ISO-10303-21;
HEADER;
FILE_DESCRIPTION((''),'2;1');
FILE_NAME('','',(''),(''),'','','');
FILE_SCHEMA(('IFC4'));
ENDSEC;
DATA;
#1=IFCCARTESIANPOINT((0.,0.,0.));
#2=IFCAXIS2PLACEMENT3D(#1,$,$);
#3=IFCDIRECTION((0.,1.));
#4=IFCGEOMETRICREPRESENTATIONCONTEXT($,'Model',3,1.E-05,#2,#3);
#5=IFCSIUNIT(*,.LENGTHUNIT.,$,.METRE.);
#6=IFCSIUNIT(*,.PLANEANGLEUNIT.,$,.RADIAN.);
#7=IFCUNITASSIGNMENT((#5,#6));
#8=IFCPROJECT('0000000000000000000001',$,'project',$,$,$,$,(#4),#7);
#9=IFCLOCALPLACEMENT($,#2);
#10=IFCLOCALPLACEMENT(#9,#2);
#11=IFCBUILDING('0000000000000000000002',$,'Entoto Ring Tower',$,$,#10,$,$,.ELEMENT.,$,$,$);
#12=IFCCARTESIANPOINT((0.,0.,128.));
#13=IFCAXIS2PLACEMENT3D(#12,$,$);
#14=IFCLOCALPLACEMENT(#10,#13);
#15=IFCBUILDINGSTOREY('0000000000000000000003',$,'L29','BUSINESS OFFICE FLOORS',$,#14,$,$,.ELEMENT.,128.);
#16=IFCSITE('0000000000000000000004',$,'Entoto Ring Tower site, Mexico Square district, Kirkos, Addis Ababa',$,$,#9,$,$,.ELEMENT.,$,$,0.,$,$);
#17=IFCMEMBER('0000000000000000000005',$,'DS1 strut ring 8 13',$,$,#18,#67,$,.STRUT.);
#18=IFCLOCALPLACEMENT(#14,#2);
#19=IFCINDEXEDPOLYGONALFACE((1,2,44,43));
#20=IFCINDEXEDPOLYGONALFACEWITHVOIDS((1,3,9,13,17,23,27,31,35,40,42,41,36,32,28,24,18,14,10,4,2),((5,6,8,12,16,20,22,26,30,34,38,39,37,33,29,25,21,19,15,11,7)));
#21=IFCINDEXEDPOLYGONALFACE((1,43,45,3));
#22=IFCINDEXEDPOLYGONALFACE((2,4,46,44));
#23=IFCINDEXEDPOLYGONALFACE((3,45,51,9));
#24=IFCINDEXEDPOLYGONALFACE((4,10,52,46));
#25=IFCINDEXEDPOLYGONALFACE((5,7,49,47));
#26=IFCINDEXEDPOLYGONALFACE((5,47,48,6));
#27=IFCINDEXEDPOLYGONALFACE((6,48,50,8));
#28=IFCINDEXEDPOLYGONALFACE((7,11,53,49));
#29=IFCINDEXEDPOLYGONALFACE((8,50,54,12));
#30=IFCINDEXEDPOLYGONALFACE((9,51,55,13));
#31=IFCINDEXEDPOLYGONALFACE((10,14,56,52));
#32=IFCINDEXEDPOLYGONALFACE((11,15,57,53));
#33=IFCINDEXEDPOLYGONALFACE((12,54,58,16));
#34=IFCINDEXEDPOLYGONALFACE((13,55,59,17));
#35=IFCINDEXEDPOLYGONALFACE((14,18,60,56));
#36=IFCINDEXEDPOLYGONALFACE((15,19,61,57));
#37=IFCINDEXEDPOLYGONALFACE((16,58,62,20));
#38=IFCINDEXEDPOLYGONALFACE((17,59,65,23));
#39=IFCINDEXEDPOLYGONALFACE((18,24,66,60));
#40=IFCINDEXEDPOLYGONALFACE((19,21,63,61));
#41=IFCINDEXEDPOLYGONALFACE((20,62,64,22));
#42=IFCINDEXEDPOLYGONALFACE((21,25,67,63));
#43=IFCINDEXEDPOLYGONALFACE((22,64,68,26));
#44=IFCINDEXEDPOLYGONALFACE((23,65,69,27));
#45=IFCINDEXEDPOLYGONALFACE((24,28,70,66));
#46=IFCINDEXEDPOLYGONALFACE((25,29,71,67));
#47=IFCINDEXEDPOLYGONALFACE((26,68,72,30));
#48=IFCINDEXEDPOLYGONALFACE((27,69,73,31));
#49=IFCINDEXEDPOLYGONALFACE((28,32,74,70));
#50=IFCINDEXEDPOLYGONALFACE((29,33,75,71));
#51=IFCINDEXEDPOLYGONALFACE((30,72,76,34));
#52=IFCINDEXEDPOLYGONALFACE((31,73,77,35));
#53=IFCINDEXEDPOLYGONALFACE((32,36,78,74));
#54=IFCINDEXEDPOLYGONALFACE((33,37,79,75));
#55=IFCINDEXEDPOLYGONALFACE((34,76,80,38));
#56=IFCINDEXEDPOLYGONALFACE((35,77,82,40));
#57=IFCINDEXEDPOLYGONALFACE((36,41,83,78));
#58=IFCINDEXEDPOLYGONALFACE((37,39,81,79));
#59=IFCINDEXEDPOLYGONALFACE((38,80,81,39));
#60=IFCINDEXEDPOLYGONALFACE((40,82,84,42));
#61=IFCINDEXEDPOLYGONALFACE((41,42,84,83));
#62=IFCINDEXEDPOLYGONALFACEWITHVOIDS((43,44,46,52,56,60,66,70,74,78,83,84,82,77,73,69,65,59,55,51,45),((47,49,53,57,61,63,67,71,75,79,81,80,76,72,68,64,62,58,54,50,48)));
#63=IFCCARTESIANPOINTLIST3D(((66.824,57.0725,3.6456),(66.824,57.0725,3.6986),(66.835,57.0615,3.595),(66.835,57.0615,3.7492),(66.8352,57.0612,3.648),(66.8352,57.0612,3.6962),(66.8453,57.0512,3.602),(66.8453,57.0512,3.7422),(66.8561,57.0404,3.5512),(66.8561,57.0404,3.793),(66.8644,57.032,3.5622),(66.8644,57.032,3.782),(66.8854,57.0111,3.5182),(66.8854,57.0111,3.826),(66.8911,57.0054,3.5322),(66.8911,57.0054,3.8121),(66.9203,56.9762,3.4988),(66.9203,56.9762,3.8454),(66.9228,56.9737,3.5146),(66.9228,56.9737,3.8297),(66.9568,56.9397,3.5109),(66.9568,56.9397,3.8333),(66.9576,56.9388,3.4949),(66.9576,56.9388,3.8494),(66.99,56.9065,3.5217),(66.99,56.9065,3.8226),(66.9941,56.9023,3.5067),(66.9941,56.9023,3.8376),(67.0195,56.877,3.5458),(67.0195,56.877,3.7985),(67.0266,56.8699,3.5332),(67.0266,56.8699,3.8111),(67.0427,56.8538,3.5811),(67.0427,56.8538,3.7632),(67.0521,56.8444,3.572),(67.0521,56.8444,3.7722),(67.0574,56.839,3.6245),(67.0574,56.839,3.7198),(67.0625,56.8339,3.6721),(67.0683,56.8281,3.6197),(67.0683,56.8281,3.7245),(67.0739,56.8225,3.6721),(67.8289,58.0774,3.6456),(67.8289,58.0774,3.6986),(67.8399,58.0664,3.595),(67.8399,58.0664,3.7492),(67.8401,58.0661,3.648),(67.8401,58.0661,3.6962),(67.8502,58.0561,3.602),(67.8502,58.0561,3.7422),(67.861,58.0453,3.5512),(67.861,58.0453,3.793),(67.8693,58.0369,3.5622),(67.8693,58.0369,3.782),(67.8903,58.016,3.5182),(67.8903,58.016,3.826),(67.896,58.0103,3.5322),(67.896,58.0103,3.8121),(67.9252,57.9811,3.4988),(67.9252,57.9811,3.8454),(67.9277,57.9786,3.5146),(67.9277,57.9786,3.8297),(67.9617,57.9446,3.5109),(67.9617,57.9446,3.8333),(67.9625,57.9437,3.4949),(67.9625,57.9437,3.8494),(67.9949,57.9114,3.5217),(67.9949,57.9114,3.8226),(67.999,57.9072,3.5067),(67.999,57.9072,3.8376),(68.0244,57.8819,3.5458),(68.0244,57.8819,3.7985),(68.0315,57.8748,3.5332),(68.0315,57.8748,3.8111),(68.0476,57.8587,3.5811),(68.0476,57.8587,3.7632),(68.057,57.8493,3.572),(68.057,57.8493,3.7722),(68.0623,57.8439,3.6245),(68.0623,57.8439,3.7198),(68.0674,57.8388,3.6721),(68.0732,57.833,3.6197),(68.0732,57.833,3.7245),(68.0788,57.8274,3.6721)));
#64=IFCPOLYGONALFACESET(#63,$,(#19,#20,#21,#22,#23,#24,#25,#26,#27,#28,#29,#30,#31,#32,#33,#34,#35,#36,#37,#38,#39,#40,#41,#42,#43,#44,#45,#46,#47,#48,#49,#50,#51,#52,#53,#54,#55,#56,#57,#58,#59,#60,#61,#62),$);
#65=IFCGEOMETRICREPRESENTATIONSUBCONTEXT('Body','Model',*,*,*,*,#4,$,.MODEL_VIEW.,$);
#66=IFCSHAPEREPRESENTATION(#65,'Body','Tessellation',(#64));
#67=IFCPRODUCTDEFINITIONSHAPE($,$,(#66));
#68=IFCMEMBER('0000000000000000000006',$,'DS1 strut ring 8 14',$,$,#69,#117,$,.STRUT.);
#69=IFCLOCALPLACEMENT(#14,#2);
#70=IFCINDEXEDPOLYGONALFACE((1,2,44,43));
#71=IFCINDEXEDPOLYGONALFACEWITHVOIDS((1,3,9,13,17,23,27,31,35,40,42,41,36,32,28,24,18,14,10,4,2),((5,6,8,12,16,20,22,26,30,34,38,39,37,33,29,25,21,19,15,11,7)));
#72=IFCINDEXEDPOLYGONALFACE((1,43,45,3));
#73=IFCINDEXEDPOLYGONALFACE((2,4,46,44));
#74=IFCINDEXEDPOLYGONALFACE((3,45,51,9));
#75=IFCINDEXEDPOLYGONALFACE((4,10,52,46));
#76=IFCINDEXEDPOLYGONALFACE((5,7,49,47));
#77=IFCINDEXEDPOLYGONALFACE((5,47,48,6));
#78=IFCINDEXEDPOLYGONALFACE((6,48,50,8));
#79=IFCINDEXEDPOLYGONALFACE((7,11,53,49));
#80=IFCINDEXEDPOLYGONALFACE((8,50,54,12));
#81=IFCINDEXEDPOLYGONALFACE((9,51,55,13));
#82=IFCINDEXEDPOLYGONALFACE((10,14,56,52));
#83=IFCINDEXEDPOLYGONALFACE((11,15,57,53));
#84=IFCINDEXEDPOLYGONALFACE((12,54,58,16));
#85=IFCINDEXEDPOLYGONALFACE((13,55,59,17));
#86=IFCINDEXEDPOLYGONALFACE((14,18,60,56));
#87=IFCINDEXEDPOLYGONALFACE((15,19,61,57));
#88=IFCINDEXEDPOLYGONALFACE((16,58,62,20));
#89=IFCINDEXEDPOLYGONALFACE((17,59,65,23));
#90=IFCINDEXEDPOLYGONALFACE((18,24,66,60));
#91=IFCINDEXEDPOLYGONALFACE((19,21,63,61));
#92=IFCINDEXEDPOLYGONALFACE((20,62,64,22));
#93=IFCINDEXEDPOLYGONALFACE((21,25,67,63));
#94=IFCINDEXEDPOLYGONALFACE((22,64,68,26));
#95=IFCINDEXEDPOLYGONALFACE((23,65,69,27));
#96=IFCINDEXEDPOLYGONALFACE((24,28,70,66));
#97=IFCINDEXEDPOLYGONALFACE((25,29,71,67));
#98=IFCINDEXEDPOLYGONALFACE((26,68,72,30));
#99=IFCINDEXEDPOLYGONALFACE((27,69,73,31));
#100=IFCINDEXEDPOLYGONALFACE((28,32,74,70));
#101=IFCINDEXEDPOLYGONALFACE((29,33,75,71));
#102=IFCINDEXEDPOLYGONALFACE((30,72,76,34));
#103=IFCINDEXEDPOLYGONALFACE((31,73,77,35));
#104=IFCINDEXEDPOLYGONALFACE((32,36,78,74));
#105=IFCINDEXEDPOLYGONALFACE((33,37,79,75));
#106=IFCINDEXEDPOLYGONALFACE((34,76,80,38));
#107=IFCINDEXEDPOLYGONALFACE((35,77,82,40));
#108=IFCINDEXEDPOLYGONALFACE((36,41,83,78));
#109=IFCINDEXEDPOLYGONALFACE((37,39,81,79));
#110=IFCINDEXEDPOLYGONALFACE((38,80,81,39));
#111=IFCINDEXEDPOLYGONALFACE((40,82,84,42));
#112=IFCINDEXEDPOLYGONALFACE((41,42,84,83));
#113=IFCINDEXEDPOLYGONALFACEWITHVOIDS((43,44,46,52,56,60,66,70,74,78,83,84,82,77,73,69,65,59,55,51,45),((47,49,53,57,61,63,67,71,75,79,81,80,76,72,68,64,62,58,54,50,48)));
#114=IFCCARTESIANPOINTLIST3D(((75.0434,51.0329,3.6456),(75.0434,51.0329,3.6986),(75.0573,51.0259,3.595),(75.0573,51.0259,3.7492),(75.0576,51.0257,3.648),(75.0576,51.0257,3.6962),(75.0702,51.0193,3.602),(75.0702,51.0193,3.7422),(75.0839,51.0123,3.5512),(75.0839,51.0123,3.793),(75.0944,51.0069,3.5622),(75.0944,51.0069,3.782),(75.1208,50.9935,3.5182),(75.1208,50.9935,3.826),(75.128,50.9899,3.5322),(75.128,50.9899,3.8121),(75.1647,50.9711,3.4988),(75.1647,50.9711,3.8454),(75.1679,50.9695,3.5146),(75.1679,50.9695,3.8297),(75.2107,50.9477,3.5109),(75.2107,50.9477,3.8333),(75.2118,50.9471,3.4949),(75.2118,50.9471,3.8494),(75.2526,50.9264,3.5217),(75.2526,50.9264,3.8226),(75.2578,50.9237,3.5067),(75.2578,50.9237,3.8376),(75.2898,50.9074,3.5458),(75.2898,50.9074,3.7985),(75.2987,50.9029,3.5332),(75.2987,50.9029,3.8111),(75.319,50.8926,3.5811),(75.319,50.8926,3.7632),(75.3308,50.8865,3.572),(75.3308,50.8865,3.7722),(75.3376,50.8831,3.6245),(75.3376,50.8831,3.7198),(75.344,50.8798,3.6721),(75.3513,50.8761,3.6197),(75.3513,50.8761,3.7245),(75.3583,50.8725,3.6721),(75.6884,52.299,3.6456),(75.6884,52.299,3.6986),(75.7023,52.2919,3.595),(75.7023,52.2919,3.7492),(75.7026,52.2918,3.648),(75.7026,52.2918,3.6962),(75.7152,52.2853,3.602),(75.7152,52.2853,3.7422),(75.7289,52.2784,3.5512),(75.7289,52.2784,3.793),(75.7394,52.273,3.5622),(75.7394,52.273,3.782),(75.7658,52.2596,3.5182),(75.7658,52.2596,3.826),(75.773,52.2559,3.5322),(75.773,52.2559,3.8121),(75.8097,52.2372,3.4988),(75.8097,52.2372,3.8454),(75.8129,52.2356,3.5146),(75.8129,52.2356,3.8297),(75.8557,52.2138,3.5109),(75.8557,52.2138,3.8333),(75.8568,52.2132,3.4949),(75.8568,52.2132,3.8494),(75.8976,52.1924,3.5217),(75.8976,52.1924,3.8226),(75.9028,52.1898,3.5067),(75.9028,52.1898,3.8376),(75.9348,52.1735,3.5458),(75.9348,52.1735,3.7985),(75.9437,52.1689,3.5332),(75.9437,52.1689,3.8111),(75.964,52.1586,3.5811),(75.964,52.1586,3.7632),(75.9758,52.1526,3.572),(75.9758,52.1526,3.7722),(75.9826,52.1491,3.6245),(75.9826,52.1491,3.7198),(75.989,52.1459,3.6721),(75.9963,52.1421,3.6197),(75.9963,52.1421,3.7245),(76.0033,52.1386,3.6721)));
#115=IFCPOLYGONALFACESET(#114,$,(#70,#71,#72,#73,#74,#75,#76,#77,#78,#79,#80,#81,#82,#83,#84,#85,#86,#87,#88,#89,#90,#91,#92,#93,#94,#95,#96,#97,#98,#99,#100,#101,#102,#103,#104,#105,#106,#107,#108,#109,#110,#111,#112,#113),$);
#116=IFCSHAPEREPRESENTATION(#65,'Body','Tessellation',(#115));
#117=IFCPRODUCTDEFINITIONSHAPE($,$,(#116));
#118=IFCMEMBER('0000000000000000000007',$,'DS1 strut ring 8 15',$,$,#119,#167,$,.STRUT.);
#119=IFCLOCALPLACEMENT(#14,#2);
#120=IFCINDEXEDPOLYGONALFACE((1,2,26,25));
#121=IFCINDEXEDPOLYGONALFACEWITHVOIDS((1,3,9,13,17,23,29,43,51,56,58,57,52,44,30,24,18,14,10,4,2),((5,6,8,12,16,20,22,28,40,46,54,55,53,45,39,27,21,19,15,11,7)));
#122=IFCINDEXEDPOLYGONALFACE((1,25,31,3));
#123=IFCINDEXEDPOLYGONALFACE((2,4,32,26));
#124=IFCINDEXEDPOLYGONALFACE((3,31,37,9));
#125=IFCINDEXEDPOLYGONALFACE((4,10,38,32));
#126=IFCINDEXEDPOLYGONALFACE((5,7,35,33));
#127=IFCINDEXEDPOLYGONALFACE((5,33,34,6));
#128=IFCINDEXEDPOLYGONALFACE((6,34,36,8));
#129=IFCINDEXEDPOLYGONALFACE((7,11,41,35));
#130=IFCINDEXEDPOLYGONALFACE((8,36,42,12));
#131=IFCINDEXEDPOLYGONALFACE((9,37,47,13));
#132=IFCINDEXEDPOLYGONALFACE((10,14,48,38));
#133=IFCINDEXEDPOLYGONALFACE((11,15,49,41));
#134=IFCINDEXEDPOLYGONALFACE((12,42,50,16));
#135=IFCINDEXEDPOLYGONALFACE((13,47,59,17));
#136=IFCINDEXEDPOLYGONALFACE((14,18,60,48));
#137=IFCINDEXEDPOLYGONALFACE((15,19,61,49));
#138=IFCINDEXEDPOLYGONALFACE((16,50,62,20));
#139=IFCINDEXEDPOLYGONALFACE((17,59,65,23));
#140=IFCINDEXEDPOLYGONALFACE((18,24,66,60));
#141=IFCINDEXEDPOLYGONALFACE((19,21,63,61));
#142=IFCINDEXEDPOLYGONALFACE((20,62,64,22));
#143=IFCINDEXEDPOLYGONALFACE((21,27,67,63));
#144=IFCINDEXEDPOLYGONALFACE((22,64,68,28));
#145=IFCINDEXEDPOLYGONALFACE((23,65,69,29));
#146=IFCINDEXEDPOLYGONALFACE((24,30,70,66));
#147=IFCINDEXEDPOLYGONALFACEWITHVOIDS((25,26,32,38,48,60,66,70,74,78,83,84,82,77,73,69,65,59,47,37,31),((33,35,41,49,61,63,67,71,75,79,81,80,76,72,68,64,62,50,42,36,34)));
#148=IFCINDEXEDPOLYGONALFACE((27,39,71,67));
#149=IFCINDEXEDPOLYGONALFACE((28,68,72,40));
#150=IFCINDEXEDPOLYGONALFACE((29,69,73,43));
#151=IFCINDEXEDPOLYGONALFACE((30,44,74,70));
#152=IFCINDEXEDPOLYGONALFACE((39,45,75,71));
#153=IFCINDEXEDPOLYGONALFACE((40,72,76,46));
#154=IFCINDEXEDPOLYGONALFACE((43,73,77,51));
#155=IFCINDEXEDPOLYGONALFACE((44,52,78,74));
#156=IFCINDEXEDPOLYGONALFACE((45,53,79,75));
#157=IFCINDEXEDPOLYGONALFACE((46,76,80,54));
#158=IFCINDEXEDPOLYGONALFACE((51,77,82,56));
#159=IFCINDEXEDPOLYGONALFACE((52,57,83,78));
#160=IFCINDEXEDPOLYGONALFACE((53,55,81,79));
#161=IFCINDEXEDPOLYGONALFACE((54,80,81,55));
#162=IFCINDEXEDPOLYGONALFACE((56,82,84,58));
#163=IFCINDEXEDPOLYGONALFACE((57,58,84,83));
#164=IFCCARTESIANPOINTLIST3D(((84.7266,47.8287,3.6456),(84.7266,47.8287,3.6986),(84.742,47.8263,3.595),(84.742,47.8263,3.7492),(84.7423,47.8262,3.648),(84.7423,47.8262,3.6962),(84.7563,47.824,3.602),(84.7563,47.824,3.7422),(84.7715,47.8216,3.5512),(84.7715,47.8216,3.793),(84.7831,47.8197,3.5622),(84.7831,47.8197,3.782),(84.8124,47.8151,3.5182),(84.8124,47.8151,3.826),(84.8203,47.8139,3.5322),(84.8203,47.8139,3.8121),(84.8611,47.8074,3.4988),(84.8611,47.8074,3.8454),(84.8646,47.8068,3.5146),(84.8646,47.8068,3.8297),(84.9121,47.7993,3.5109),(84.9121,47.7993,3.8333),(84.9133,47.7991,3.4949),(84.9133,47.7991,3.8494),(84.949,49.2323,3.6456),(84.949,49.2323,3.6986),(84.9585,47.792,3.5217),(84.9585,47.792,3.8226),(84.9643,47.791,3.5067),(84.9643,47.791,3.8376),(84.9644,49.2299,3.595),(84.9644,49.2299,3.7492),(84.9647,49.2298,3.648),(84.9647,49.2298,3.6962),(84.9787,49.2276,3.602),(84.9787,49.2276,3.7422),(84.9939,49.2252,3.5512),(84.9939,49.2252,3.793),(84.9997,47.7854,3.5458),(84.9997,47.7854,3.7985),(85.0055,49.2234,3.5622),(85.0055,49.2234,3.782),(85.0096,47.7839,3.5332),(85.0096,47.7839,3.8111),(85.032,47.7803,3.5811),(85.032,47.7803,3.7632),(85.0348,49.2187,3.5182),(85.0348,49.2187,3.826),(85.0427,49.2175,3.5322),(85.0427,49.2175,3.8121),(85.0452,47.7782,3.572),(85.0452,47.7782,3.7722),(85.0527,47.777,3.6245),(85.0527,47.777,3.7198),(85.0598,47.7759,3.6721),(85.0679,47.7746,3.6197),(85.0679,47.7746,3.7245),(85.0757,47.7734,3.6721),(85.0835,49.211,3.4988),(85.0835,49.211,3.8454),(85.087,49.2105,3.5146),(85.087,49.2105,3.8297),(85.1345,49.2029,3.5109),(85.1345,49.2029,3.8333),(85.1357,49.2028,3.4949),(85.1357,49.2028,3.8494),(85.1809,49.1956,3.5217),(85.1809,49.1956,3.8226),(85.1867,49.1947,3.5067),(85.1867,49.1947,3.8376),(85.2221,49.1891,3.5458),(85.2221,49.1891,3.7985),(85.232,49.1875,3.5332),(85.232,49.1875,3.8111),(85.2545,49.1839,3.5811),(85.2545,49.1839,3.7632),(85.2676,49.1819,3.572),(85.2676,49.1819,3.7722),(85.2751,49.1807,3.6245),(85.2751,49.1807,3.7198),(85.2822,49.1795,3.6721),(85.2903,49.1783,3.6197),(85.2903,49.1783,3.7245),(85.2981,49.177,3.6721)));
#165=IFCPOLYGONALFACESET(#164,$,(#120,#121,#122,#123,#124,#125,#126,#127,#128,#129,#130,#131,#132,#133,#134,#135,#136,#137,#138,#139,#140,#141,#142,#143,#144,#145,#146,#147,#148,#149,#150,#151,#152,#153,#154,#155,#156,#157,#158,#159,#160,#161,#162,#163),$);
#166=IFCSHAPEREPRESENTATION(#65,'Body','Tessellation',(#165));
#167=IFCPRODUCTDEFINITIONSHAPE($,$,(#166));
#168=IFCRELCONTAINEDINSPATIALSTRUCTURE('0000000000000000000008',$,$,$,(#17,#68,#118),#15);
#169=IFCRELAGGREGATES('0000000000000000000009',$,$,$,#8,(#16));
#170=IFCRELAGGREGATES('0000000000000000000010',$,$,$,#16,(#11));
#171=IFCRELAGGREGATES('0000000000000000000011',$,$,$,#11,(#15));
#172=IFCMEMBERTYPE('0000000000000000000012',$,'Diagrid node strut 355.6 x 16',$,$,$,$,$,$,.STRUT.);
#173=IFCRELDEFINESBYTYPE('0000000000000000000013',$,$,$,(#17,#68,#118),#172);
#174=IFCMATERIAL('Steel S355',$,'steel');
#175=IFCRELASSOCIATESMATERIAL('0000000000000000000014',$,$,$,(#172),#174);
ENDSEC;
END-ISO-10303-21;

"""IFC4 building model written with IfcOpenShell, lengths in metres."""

from ifc_helpers import new_model, si_unit, direction, frame, origin, origin_2d, place, context, subcontext, project, spatial, circle, hollow_circle, extrude, material, material_profile, profile_set, type_object, element, save


model = new_model("IFC4")

# Units and contexts
model_context = context("Model", 3, precision=1e-05, world=origin(), true_north=direction((0.0, 1.0)))
body_context = subcontext(model_context, "Body", "Model", "MODEL_VIEW")
ifc_project = project(units=[si_unit("LENGTHUNIT", "METRE"), si_unit("PLANEANGLEUNIT", "RADIAN")], contexts=[model_context])

# Site, building, storey
site_placement = place(None, origin())
site = spatial("IfcSite", under=ifc_project, at=site_placement, Name="Entoto Ring Tower site, Mexico Square district, Kirkos, Addis Ababa", CompositionType="ELEMENT", RefElevation=0.0)
building_placement = place(site_placement, origin())
building = spatial("IfcBuilding", under=site, at=building_placement, Name="Entoto Ring Tower", CompositionType="ELEMENT")
storey_placement = place(building_placement, frame((0.0, 0.0, 128.0)))
storey = spatial("IfcBuildingStorey", under=building, at=storey_placement, Name="L29", Description="BUSINESS OFFICE FLOORS", CompositionType="ELEMENT", Elevation=128.0)

# Members
ifc_material_1 = material(Name="Steel S355", Category="steel")
ifc_material_profile_1 = material_profile(ifc_material_1, hollow_circle(Radius=0.1777, WallThickness=0.0161, at=origin_2d()), Name="CHS 355.6 x 16")
ifc_material_2 = material(Name="Concrete C60/75", Category="concrete")
ifc_material_profile_2 = material_profile(ifc_material_2, circle(Radius=0.1619, at=origin_2d()), Name="Concrete C60/75 infill")
ifc_profile_set_1 = profile_set([ifc_material_profile_1, ifc_material_profile_2], Name="Steel S355")
member_type = type_object("IfcMemberType", Name="Diagrid node strut 355.6 x 16", PredefinedType="STRUT", material=ifc_profile_set_1)
member_1_placement = place(storey_placement, frame((67.9531, 57.9531, 3.6721), z_axis=(-0.707107, -0.707107, 0.0), x_axis=(0.707107, -0.707107, 0.0)))
element("IfcMember", 1, at=member_1_placement, inside=storey, type_object=member_type, Name="DS1 strut ring 8 13", PredefinedType="STRUT", context=body_context, shape_type="SweptSolid", body=[
    extrude(hollow_circle(Radius=0.1777, WallThickness=0.0161, at=origin_2d()), origin(), (0.0, 0.0, 1.0), 1.4211),
])
member_2_placement = place(storey_placement, frame((75.845, 52.2192, 3.6721), z_axis=(-0.453936, -0.891034, 0.0), x_axis=(0.891034, -0.453936, 0.0)))
element("IfcMember", 2, at=member_2_placement, inside=storey, type_object=member_type, Name="DS1 strut ring 8 14", PredefinedType="STRUT", context=body_context, shape_type="SweptSolid", body=[
    extrude(hollow_circle(Radius=0.1777, WallThickness=0.0161, at=origin_2d()), origin(), (0.0, 0.0, 1.0), 1.4209),
])
member_3_placement = place(storey_placement, frame((85.1226, 49.2048, 3.6721), z_axis=(-0.15651, -0.987676, 0.0), x_axis=(0.987676, -0.15651, 0.0)))
element("IfcMember", 3, at=member_3_placement, inside=storey, type_object=member_type, Name="DS1 strut ring 8 15", PredefinedType="STRUT", context=body_context, shape_type="SweptSolid", body=[
    extrude(hollow_circle(Radius=0.1777, WallThickness=0.0161, at=origin_2d()), origin(), (0.0, 0.0, 1.0), 1.4211),
])

save(model, "model.ifc")
